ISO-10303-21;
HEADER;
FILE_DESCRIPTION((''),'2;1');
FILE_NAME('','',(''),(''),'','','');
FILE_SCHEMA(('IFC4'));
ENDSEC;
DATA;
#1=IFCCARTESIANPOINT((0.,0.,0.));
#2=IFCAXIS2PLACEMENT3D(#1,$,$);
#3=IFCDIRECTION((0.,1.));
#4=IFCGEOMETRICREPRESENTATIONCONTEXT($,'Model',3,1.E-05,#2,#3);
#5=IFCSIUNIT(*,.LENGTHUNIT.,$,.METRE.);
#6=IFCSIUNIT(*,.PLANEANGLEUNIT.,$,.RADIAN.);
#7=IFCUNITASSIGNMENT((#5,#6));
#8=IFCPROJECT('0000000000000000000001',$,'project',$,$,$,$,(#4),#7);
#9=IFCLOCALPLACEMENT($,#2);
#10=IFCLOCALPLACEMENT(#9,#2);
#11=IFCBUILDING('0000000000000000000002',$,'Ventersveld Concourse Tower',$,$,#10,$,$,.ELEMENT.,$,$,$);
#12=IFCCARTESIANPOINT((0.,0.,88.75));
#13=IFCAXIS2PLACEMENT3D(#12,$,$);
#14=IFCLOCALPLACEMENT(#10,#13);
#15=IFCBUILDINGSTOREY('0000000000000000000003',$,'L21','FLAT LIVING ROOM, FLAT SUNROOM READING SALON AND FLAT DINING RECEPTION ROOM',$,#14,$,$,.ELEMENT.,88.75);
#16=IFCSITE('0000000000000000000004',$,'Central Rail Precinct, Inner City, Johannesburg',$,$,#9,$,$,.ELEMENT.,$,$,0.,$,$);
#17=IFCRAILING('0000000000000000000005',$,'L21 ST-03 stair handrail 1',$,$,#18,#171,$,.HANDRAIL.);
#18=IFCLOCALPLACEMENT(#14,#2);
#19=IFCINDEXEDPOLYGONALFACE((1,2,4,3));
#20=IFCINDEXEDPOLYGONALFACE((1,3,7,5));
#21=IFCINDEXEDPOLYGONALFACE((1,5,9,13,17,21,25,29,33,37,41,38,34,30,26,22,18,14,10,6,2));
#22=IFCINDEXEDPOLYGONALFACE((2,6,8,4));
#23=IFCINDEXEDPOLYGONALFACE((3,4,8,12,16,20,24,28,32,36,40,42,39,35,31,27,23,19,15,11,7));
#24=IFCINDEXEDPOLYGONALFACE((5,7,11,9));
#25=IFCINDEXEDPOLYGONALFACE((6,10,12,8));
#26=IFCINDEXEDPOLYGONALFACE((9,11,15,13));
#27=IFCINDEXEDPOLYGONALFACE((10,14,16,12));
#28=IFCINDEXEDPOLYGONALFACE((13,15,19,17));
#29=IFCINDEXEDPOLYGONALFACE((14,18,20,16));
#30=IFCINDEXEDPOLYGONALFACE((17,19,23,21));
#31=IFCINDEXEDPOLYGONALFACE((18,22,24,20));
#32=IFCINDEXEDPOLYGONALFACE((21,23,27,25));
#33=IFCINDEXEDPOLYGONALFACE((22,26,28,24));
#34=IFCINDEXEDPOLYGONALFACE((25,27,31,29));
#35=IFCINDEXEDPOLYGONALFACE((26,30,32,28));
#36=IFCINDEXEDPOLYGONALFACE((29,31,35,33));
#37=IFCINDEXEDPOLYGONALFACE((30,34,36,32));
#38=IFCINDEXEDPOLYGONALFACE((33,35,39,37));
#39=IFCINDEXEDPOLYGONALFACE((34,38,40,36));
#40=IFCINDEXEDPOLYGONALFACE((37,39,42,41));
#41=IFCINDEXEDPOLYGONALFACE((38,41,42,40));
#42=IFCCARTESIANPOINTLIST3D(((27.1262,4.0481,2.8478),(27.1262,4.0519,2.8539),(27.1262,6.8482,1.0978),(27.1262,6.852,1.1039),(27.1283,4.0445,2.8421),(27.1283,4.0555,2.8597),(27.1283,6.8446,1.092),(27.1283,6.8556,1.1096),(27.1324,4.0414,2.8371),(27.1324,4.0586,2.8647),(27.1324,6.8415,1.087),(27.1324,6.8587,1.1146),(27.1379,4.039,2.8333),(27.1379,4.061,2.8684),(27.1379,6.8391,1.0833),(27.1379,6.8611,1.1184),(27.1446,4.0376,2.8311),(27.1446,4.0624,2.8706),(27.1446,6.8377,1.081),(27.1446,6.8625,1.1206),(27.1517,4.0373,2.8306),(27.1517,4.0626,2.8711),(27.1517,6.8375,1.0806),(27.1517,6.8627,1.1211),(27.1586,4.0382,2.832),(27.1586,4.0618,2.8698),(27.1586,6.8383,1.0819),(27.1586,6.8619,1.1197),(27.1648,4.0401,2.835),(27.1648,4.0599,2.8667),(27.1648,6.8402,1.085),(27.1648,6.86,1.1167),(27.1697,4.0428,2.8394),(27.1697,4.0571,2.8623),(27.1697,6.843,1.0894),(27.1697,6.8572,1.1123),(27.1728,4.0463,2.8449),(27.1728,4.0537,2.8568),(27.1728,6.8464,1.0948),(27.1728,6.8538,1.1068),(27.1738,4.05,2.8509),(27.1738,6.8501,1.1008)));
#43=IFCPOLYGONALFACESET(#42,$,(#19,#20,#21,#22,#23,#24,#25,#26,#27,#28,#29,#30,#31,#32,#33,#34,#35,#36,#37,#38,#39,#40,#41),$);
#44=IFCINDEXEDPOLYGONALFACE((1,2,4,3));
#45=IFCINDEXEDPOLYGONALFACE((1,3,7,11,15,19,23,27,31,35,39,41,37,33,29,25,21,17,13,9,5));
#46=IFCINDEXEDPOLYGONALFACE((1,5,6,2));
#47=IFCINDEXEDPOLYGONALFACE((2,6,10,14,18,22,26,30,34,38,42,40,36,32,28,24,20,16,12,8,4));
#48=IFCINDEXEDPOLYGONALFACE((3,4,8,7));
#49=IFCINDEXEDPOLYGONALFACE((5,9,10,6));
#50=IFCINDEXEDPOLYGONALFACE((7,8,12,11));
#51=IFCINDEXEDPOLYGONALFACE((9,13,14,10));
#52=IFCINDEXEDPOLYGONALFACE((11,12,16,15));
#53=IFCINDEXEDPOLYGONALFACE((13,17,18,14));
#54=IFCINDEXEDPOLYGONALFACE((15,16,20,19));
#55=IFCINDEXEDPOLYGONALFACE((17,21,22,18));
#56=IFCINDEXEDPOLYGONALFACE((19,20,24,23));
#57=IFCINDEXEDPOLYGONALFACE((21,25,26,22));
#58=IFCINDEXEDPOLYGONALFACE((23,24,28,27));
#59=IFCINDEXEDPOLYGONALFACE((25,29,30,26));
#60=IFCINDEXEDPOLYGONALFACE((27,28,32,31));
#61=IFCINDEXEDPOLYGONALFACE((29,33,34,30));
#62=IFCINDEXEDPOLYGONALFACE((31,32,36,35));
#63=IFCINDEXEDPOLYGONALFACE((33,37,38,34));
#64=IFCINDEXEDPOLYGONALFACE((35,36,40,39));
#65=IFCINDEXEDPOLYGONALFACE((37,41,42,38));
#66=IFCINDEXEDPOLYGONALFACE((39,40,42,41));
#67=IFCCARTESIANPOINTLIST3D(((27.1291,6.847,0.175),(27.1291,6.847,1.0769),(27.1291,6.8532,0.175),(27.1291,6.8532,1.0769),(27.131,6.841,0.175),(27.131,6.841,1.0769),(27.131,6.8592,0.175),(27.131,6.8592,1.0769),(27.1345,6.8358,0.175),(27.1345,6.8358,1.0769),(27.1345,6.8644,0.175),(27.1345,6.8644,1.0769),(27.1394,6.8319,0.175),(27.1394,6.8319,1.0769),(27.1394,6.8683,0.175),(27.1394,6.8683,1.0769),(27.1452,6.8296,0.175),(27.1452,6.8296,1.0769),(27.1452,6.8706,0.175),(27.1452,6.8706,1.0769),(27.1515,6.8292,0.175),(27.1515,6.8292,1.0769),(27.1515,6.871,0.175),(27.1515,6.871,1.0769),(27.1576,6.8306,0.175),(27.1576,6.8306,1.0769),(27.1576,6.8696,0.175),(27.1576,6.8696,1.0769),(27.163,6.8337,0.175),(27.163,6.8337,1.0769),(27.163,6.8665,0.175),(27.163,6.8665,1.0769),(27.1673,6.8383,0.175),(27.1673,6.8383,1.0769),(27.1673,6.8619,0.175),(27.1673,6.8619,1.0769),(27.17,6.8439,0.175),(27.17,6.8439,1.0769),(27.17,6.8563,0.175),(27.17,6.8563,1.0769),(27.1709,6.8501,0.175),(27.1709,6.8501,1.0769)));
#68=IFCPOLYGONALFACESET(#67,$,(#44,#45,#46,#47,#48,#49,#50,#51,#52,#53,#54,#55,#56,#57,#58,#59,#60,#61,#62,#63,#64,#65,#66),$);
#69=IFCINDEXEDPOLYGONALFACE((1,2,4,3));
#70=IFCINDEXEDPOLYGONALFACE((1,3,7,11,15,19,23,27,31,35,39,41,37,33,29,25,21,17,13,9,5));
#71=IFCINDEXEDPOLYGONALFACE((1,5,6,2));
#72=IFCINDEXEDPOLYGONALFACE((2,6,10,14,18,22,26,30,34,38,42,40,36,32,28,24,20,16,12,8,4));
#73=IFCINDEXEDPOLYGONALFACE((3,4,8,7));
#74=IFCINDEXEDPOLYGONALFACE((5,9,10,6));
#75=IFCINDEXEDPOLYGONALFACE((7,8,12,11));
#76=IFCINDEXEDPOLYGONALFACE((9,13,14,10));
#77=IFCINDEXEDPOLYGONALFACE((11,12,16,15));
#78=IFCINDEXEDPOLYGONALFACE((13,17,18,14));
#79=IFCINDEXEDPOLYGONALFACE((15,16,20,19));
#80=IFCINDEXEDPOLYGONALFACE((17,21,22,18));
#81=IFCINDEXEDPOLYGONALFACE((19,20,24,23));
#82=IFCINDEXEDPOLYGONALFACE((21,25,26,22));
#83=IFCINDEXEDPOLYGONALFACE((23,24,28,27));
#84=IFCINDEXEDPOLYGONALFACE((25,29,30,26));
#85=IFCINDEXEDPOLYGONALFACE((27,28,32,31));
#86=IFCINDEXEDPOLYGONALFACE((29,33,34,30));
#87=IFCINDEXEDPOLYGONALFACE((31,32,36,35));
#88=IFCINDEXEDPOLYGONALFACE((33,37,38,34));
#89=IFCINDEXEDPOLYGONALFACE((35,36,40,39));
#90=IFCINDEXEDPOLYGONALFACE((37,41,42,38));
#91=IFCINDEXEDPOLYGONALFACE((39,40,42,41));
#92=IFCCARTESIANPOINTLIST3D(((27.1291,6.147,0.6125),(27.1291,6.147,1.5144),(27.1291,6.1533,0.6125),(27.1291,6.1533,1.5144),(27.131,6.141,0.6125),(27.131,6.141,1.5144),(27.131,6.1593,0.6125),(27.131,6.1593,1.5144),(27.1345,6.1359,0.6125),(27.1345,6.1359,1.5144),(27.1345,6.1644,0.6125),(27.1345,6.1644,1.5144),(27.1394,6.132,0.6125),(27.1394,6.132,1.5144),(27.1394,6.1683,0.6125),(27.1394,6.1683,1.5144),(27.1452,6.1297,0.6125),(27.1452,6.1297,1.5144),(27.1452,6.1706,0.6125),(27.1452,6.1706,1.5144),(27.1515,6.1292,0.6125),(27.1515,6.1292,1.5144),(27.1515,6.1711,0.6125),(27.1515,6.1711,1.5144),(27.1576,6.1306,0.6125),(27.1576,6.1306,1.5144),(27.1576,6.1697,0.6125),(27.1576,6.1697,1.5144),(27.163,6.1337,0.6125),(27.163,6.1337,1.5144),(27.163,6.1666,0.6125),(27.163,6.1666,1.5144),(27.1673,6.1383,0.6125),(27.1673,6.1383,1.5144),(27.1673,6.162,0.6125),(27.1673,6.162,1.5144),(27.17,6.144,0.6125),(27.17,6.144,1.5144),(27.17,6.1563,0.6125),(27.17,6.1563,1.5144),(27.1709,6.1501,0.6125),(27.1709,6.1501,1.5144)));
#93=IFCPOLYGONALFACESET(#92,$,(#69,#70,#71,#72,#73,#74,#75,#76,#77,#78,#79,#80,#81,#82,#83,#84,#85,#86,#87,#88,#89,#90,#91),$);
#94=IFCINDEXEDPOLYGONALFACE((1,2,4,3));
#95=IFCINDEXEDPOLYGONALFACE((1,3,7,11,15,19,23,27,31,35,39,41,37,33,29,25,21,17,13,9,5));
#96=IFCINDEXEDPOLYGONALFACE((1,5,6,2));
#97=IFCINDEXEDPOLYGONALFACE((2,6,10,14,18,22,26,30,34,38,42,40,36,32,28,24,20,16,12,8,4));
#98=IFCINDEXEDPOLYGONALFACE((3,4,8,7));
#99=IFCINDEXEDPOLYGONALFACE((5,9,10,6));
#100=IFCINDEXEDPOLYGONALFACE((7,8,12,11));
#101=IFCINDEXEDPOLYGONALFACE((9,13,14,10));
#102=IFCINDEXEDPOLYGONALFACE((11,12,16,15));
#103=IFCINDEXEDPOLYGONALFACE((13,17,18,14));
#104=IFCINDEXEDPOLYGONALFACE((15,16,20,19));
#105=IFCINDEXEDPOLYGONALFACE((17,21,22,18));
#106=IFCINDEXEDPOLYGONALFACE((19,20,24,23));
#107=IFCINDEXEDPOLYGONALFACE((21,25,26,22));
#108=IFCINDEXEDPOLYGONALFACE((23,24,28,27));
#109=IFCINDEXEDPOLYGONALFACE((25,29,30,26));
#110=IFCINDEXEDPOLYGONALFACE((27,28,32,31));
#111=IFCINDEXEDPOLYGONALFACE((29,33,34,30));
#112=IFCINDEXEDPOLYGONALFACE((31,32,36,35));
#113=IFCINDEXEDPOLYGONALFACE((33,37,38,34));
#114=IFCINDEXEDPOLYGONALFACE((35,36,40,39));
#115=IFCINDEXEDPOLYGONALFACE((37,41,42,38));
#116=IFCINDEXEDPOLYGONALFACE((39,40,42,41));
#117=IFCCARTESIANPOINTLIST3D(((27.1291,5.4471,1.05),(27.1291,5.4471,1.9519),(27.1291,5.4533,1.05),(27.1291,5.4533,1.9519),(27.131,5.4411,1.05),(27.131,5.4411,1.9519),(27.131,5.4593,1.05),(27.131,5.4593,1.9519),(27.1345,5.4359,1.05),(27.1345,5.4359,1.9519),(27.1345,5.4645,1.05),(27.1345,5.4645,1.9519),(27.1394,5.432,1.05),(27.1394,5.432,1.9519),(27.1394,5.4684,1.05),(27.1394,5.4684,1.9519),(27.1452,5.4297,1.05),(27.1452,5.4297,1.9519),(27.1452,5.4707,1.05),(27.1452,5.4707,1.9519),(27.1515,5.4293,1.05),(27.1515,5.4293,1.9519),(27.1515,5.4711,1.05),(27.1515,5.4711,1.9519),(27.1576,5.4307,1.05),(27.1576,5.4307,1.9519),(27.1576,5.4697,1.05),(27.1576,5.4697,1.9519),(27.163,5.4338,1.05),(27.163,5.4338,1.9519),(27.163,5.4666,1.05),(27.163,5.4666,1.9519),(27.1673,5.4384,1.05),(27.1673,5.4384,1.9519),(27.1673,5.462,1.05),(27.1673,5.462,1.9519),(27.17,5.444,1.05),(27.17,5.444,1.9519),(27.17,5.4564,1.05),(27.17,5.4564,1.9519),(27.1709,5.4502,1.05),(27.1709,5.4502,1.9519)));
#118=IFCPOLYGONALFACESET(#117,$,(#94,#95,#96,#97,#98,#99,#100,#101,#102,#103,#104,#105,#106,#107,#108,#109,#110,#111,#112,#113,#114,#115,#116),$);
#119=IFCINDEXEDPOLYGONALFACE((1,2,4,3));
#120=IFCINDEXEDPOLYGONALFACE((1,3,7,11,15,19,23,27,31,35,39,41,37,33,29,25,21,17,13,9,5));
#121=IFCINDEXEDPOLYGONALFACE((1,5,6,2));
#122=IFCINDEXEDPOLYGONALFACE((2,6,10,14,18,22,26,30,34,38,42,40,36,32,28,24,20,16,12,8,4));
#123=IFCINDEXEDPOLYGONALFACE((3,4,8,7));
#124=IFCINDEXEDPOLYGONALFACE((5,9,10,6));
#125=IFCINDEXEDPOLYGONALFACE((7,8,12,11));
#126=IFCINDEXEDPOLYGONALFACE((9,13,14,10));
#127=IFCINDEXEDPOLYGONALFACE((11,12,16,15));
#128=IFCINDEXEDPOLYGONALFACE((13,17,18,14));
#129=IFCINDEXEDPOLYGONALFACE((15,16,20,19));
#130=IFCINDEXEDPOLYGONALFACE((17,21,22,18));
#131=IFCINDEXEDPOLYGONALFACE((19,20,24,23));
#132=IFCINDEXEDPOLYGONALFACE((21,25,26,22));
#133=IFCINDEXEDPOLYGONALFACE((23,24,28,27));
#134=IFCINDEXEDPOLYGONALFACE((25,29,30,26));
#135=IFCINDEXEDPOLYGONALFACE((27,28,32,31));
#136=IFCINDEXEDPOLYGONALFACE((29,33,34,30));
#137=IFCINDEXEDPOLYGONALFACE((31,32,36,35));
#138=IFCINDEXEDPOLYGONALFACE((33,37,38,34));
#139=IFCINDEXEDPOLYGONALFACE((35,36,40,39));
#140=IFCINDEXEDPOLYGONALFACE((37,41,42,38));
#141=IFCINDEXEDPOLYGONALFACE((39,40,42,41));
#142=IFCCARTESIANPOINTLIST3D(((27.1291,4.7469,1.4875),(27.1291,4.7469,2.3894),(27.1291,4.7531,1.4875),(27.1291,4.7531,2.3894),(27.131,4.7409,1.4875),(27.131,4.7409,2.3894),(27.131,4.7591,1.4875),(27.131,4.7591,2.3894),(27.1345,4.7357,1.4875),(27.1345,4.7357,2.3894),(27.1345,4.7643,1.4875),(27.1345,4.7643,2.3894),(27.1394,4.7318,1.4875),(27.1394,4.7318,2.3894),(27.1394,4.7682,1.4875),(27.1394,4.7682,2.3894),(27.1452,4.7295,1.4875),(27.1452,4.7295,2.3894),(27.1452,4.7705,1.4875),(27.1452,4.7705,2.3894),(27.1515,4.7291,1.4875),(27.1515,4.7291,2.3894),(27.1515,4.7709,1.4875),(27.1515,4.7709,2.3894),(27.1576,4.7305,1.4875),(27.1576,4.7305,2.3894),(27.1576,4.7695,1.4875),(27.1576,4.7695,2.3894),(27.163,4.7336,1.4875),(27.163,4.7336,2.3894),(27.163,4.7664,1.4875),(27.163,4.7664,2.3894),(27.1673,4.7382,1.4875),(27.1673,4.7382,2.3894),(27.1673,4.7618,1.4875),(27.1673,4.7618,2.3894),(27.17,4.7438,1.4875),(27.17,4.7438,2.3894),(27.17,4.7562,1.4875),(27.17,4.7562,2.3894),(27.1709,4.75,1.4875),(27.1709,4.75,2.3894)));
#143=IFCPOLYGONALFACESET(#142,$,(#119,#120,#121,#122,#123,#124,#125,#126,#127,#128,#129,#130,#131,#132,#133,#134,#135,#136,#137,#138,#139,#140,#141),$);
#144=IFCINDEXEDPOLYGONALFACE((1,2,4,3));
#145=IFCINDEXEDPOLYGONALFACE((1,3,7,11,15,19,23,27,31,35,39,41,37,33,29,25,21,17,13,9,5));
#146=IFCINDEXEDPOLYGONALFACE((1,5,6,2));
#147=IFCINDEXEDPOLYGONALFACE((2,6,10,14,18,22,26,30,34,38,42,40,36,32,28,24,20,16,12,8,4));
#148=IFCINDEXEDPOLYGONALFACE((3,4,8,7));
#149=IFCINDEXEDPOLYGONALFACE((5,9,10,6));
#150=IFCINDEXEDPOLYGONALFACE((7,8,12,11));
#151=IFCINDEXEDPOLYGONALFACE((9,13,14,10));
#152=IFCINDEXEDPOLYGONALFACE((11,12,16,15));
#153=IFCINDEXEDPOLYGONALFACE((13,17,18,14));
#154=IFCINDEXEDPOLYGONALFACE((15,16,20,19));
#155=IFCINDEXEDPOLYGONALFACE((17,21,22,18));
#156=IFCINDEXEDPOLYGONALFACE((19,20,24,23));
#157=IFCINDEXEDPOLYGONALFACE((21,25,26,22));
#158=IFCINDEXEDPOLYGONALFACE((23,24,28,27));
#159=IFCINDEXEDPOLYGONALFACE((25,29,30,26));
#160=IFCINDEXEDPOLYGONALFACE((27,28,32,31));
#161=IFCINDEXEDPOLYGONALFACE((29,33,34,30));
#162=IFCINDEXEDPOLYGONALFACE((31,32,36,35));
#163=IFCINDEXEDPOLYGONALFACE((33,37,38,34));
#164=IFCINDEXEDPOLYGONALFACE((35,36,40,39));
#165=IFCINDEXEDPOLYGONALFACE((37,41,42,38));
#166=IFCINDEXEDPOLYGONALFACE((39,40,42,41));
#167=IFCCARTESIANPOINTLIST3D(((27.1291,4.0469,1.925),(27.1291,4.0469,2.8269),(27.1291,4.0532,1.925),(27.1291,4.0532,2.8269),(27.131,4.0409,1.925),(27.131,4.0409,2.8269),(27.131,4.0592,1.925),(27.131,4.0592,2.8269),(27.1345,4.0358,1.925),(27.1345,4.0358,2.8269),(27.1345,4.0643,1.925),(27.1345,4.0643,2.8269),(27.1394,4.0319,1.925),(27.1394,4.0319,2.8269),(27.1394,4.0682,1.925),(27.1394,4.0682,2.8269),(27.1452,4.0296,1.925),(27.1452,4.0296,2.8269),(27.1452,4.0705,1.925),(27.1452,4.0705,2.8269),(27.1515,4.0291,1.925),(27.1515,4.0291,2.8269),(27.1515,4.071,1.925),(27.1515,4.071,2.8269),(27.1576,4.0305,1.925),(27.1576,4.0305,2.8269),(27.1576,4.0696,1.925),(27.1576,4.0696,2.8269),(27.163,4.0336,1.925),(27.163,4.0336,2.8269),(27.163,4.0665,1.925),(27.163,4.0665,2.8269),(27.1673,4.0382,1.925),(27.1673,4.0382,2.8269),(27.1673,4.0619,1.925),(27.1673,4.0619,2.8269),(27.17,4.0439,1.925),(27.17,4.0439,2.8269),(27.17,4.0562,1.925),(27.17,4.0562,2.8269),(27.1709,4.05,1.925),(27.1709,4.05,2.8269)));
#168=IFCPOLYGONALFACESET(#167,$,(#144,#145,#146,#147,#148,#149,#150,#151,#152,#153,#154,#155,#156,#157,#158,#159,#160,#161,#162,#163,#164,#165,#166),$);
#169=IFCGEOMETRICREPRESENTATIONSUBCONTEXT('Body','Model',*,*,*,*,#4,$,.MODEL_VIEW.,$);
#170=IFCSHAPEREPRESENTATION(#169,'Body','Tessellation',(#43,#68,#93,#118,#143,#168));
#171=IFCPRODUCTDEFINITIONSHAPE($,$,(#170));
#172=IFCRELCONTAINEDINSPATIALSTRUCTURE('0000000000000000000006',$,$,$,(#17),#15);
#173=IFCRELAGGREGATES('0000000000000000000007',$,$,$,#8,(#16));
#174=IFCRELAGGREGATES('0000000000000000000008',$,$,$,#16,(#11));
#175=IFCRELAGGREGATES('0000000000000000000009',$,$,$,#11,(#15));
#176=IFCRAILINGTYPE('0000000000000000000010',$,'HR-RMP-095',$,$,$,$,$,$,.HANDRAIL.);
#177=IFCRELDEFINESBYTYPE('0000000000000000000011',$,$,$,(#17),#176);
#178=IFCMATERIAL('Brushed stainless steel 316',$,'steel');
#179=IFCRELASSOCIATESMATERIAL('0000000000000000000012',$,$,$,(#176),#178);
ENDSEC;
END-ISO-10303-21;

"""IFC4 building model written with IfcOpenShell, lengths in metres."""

from ifc_helpers import new_model, si_unit, direction, frame, origin, origin_2d, place, context, subcontext, project, spatial, circle, extrude, material, type_object, element, save


model = new_model("IFC4")

# Units and contexts
model_context = context("Model", 3, precision=1e-05, world=origin(), true_north=direction((0.0, 1.0)))
body_context = subcontext(model_context, "Body", "Model", "MODEL_VIEW")
ifc_project = project(units=[si_unit("LENGTHUNIT", "METRE"), si_unit("PLANEANGLEUNIT", "RADIAN")], contexts=[model_context])

# Site, building, storey
site_placement = place(None, origin())
site = spatial("IfcSite", under=ifc_project, at=site_placement, Name="Central Rail Precinct, Inner City, Johannesburg", CompositionType="ELEMENT", RefElevation=0.0)
building_placement = place(site_placement, origin())
building = spatial("IfcBuilding", under=site, at=building_placement, Name="Ventersveld Concourse Tower", CompositionType="ELEMENT")
storey_placement = place(building_placement, frame((0.0, 0.0, 88.75)))
storey = spatial("IfcBuildingStorey", under=building, at=storey_placement, Name="L21", Description="FLAT LIVING ROOM, FLAT SUNROOM READING SALON AND FLAT DINING RECEPTION ROOM", CompositionType="ELEMENT", Elevation=88.75)

# Shared definitions
ifc_material_1 = material(Name="Brushed stainless steel 316", Category="steel")

# Railing
railing_type_1 = type_object("IfcRailingType", Name="HR-RMP-095", PredefinedType="HANDRAIL", material=ifc_material_1)
railing_1_placement = place(storey_placement, frame((27.1499, 6.8501, 0.175)))
element("IfcRailing", 1, at=railing_1_placement, inside=storey, type_object=railing_type_1, Name="L21 ST-03 stair handrail 1", PredefinedType="HANDRAIL", context=body_context, shape_type="SweptSolid", body=[
    extrude(circle(Radius=0.0239, at=origin_2d()), frame((0.0, 0.0, 0.9258), z_axis=(0.0, -0.848002, 0.529992), x_axis=(1.0, 0.0, 0.0)), (0.0, 0.0, 1.0), 3.302),
    extrude(circle(Radius=0.021, at=origin_2d()), origin(), (0.0, 0.0, 1.0), 0.9019),
    extrude(circle(Radius=0.021, at=origin_2d()), frame((0.0, -0.7, 0.4375)), (0.0, 0.0, 1.0), 0.9019),
    extrude(circle(Radius=0.021, at=origin_2d()), frame((0.0, -1.3999, 0.875)), (0.0, 0.0, 1.0), 0.9019),
    extrude(circle(Radius=0.021, at=origin_2d()), frame((0.0, -2.1001, 1.3125)), (0.0, 0.0, 1.0), 0.9019),
    extrude(circle(Radius=0.021, at=origin_2d()), frame((0.0, -2.8, 1.75)), (0.0, 0.0, 1.0), 0.9019),
])

save(model, "model.ifc")
